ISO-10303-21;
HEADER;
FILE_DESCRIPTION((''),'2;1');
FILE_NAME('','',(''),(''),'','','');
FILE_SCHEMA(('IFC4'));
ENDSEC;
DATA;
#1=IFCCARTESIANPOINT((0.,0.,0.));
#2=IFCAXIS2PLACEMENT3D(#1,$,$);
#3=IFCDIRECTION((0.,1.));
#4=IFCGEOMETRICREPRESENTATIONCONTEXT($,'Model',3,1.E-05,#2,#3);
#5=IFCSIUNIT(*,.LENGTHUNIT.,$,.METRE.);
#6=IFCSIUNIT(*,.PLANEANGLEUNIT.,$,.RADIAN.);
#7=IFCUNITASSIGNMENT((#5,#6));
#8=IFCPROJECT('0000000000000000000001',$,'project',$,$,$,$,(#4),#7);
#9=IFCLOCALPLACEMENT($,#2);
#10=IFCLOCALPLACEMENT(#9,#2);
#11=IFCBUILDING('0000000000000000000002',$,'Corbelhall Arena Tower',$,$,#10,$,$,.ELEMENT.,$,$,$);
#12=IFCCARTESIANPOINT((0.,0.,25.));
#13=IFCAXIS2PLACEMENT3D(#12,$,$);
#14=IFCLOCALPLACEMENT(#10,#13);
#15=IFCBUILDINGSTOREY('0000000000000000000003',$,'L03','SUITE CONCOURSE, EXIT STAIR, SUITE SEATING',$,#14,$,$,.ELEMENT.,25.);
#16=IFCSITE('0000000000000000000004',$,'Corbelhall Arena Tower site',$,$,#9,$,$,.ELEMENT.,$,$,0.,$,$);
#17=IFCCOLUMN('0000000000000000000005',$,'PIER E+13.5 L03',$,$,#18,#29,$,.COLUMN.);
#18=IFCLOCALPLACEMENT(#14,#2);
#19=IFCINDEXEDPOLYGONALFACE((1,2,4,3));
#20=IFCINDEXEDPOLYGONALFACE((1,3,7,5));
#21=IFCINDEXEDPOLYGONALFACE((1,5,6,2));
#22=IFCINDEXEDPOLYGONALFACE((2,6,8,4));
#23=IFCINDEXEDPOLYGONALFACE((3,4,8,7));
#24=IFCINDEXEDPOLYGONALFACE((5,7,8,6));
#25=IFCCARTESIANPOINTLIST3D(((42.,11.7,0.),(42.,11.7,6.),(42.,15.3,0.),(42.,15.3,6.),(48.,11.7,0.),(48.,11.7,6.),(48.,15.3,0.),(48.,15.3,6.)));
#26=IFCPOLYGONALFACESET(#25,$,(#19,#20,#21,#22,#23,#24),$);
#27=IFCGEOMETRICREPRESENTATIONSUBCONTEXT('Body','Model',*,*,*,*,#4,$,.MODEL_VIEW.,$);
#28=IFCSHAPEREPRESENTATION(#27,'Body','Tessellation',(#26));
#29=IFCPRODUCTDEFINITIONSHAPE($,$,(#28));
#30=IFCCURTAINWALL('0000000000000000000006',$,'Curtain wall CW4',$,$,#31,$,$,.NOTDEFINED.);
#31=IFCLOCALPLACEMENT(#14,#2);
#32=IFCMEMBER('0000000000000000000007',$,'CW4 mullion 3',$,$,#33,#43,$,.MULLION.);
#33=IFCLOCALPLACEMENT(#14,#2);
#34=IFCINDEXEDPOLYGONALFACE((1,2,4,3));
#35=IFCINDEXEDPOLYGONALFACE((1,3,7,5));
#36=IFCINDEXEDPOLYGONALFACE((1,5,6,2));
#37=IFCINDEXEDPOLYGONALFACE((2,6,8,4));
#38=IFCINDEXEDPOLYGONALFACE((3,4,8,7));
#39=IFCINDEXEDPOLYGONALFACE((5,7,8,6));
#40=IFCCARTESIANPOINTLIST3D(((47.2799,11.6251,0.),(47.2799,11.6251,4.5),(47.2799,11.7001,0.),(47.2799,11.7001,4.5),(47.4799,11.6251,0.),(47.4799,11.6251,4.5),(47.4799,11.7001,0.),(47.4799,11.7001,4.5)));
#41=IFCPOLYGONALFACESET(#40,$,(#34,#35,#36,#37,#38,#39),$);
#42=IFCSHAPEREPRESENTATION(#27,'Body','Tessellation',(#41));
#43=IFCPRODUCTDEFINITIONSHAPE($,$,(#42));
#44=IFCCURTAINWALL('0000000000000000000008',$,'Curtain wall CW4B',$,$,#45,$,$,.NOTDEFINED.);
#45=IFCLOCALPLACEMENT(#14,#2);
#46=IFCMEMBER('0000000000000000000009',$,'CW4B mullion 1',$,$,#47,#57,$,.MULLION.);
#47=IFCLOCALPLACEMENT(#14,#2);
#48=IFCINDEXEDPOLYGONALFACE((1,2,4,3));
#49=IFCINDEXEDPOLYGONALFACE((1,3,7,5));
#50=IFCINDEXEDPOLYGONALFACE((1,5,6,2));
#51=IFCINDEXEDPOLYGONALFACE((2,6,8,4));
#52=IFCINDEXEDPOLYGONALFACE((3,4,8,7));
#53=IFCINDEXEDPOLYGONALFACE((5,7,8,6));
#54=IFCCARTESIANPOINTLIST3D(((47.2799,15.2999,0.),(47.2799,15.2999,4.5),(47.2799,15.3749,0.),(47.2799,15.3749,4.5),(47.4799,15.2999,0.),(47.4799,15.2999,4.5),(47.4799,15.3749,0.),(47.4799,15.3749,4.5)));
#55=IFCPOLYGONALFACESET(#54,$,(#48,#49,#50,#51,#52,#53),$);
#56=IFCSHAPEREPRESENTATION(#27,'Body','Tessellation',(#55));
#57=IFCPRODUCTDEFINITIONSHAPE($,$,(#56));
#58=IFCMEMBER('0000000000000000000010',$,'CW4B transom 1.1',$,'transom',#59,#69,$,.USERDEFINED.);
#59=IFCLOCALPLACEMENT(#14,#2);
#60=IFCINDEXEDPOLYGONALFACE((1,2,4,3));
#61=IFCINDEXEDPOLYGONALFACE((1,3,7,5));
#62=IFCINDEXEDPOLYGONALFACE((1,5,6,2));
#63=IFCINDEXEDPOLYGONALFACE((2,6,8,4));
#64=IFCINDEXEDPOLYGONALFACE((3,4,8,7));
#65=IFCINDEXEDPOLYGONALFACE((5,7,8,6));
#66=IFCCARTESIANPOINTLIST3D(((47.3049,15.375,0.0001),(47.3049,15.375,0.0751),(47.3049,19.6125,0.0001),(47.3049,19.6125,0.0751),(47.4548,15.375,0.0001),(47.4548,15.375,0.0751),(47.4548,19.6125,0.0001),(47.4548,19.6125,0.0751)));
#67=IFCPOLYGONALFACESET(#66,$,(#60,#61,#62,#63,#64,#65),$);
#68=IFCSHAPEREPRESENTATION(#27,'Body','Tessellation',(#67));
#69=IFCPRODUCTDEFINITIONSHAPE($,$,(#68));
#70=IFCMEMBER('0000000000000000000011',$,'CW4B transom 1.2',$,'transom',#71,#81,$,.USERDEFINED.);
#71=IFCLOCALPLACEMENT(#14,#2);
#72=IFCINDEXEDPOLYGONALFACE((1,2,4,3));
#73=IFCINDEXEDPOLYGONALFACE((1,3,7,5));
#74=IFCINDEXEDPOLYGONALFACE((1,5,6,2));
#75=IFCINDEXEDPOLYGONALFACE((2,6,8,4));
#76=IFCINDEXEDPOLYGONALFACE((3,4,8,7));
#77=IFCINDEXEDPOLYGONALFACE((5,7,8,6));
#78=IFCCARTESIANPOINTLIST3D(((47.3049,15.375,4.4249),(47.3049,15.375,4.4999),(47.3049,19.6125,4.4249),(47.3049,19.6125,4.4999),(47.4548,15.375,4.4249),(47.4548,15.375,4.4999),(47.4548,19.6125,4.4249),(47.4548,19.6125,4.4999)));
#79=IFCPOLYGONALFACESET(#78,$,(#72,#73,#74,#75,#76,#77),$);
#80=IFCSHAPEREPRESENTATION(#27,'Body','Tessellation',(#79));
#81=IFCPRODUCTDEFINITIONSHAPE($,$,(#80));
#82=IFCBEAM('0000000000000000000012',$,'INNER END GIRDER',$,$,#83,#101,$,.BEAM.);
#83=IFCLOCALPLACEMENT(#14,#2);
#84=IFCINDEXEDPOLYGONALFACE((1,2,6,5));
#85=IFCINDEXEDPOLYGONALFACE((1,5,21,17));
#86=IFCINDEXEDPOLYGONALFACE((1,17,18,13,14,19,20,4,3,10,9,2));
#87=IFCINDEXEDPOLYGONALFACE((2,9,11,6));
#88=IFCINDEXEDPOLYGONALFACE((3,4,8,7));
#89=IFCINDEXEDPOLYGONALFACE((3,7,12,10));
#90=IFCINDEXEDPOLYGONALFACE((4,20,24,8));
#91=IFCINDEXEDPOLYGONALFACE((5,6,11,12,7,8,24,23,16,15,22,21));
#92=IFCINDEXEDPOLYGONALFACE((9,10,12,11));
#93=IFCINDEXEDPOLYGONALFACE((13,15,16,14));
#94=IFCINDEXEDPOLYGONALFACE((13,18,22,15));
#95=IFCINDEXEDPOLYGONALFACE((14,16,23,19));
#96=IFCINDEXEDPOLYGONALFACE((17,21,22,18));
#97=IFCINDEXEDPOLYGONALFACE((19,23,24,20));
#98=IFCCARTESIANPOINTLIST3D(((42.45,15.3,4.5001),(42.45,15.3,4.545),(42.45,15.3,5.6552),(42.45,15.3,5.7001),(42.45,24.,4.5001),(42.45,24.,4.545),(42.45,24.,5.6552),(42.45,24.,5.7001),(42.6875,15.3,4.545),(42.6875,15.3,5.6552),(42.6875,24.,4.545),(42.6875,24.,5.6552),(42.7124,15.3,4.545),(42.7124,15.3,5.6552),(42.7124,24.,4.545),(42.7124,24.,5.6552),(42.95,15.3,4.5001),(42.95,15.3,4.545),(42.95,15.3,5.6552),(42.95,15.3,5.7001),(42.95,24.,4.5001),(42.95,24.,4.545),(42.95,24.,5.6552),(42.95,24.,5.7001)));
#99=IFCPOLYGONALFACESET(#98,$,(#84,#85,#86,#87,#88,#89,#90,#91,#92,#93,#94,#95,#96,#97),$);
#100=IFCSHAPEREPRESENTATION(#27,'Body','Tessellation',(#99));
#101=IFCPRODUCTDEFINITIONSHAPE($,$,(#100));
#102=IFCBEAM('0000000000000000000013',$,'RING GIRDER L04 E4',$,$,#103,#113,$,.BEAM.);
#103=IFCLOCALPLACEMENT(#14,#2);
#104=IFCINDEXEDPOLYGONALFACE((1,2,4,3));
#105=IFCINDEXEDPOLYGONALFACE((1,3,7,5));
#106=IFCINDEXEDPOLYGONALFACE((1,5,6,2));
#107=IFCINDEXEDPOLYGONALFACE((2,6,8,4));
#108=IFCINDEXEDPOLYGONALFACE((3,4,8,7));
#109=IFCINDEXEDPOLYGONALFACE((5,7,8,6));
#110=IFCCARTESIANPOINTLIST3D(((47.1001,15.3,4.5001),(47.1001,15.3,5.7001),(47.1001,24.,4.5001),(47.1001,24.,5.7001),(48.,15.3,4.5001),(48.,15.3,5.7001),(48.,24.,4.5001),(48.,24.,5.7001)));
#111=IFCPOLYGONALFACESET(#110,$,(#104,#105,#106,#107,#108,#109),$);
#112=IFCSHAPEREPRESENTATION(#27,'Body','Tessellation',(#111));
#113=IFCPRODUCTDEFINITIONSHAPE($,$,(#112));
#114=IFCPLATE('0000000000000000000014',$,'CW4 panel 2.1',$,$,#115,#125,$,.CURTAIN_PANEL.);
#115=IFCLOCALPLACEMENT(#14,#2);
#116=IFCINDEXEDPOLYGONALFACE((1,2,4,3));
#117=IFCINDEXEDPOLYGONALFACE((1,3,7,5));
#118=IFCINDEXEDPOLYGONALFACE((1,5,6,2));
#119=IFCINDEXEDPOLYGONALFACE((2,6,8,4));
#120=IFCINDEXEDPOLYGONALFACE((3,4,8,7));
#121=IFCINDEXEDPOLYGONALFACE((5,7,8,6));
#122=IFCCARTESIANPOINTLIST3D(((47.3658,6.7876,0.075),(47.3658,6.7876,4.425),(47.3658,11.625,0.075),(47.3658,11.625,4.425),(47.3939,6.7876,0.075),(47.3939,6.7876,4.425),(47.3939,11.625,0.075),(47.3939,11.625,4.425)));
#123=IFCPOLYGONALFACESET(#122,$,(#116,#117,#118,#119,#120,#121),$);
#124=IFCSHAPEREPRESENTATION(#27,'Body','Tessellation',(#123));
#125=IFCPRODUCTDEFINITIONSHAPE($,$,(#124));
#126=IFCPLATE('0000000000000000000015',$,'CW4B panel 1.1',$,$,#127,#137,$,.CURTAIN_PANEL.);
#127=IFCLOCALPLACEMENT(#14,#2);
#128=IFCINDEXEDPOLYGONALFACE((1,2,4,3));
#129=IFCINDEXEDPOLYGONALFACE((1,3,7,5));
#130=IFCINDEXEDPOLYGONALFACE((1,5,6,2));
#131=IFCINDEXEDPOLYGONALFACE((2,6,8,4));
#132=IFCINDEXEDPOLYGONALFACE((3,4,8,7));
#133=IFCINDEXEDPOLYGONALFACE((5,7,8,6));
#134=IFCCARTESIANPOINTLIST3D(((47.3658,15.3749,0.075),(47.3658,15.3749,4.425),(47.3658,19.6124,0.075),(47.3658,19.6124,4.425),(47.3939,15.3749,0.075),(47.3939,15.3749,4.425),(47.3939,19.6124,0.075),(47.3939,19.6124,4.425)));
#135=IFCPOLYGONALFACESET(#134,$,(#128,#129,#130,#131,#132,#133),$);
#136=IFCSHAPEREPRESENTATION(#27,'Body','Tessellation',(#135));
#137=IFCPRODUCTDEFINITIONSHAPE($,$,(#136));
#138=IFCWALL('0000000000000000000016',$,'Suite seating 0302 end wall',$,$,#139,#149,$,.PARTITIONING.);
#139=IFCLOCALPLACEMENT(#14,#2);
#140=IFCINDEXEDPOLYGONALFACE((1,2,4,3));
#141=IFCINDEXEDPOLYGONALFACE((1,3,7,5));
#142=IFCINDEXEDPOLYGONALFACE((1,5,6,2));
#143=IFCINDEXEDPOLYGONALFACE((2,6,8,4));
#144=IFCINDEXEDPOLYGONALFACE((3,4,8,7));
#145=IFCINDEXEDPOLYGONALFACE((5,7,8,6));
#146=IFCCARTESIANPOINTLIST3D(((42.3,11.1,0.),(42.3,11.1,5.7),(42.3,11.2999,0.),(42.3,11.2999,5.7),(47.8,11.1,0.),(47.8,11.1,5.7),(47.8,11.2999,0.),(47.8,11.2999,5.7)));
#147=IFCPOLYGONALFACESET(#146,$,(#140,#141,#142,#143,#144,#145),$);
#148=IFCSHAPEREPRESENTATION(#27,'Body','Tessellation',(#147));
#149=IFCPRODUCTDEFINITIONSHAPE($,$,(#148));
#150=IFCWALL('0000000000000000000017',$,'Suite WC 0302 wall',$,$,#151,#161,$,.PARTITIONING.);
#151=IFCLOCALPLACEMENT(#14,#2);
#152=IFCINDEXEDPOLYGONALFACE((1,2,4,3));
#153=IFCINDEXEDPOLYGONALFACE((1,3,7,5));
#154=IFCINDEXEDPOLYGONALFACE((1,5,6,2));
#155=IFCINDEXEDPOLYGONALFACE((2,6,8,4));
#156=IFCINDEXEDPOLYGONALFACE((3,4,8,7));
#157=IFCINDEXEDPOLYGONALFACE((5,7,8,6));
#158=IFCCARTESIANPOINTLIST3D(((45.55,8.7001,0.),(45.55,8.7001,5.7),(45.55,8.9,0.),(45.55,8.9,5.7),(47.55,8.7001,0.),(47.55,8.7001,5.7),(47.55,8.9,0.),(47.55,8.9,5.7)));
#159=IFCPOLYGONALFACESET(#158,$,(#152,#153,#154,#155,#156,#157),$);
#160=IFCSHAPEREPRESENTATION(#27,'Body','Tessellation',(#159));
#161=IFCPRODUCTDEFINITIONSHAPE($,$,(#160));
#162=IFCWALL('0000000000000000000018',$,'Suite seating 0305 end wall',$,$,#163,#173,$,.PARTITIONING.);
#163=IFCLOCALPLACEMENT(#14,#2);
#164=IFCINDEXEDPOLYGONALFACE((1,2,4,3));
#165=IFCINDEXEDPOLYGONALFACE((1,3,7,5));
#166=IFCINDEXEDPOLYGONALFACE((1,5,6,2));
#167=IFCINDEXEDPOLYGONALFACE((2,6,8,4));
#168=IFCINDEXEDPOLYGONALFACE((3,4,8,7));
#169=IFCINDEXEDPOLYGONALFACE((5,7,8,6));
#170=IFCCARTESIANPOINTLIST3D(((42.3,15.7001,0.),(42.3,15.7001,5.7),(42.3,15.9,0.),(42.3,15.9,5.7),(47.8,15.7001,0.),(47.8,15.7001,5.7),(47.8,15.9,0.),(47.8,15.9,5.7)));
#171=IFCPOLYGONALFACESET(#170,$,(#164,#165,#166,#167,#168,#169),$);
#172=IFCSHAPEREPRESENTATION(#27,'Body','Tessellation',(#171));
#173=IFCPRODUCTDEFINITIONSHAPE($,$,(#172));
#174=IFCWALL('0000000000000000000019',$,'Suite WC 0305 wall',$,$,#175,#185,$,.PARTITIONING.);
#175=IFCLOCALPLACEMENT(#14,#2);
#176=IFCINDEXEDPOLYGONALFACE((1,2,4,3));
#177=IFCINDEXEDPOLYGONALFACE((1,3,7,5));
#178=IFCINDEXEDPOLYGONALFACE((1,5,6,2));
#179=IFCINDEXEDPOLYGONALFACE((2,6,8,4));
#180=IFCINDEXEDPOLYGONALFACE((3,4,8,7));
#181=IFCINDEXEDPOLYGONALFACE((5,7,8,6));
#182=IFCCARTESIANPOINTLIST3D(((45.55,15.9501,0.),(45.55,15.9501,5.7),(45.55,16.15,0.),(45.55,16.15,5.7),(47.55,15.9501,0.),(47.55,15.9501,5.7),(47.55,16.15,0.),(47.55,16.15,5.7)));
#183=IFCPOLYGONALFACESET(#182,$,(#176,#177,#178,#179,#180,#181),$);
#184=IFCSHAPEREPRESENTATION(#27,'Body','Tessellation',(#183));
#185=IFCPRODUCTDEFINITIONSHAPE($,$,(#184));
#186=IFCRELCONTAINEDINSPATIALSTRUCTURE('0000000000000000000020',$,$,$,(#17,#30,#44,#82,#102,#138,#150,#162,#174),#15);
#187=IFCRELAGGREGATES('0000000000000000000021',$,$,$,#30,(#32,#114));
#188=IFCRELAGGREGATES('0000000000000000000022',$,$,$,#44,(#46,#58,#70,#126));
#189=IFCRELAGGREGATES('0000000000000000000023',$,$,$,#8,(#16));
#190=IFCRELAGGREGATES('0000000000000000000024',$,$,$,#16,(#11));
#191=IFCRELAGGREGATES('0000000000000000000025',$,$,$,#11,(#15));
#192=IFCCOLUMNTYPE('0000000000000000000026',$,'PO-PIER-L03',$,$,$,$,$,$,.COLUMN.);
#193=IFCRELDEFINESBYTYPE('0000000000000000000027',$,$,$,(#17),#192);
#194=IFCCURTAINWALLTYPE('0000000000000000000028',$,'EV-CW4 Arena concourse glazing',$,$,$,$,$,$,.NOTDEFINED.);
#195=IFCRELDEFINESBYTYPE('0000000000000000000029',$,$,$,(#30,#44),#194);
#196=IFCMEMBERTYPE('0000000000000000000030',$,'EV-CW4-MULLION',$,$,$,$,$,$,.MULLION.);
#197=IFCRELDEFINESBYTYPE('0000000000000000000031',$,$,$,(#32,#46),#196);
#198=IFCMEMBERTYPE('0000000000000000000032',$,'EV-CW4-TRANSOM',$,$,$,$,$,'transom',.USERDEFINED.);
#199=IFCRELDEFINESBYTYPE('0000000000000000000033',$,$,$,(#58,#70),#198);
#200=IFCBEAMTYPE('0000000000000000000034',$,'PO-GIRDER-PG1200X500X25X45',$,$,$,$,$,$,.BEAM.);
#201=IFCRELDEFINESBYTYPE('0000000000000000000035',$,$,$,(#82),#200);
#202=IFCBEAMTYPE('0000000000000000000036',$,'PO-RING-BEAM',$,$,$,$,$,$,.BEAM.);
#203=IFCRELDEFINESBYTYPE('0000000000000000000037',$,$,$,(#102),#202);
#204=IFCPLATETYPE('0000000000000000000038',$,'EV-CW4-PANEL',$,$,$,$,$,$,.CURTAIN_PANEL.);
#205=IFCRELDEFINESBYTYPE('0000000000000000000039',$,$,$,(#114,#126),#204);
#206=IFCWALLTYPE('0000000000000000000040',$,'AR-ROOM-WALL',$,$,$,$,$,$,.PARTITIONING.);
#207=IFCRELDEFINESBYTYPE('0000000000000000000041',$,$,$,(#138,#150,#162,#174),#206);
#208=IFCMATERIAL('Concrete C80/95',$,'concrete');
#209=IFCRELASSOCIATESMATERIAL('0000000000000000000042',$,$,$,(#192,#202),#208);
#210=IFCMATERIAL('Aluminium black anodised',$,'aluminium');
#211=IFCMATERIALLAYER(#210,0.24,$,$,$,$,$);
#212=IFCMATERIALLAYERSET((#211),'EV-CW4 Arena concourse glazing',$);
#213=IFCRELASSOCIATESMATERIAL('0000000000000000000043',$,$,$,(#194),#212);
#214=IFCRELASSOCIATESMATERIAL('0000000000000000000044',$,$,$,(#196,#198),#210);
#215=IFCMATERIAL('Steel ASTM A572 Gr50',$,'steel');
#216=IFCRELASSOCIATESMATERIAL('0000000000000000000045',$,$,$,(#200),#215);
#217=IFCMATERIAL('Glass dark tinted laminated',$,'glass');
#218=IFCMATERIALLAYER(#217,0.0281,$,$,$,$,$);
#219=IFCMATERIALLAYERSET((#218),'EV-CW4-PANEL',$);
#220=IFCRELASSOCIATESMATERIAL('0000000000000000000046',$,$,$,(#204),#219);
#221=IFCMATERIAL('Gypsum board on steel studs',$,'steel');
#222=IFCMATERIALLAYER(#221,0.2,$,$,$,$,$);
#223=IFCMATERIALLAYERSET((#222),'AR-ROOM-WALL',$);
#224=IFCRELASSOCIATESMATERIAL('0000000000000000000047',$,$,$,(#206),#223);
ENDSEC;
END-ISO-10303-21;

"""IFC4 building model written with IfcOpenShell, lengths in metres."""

from ifc_helpers import new_model, si_unit, direction, frame, frame_2d, origin, origin_2d, place, context, subcontext, project, spatial, rectangle, i_section, extrude, material, layer, layer_set, material_profile, profile_set, type_object, element, aggregate, save


model = new_model("IFC4")

# Units and contexts
model_context = context("Model", 3, precision=1e-05, world=origin(), true_north=direction((0.0, 1.0)))
body_context = subcontext(model_context, "Body", "Model", "MODEL_VIEW")
ifc_project = project(units=[si_unit("LENGTHUNIT", "METRE"), si_unit("PLANEANGLEUNIT", "RADIAN")], contexts=[model_context])

# Site, building, storey
site_placement = place(None, origin())
site = spatial("IfcSite", under=ifc_project, at=site_placement, Name="Corbelhall Arena Tower site", CompositionType="ELEMENT", RefElevation=0.0)
building_placement = place(site_placement, origin())
building = spatial("IfcBuilding", under=site, at=building_placement, Name="Corbelhall Arena Tower", CompositionType="ELEMENT")
storey_placement = place(building_placement, frame((0.0, 0.0, 25.0)))
storey = spatial("IfcBuildingStorey", under=building, at=storey_placement, Name="L03", Description="SUITE CONCOURSE, EXIT STAIR, SUITE SEATING", CompositionType="ELEMENT", Elevation=25.0)

# Column
ifc_material_1 = material(Name="Concrete C80/95", Category="concrete")
ifc_material_profile_1 = material_profile(ifc_material_1, rectangle(XDim=3.6001, YDim=6.0, at=origin_2d()))
ifc_profile_set_1 = profile_set([ifc_material_profile_1], Name="Concrete C80/95")
column_type = type_object("IfcColumnType", Name="PO-PIER-L03", PredefinedType="COLUMN", material=ifc_profile_set_1)
column_placement = place(storey_placement, frame((45.0, 13.5, 0.0), z_axis=(0.0, 0.0, 1.0), x_axis=(0.0, 1.0, 0.0)))
element("IfcColumn", 1, at=column_placement, inside=storey, type_object=column_type, Name="PIER E+13.5 L03", PredefinedType="COLUMN", context=body_context, shape_type="SweptSolid", body=[
    extrude(rectangle(XDim=3.6001, YDim=6.0, at=origin_2d()), origin(), (0.0, 0.0, 1.0), 6.0),
])

# Curtain wall, member
ifc_material_2 = material(Name="Aluminium black anodised", Category="aluminium")
ifc_layer_1 = layer(ifc_material_2, 0.24)
ifc_layer_set_1 = layer_set([ifc_layer_1], Name="EV-CW4 Arena concourse glazing")
curtain_wall_type = type_object("IfcCurtainWallType", Name="EV-CW4 Arena concourse glazing", PredefinedType="NOTDEFINED", material=ifc_layer_set_1)
curtain_wall_1_placement = place(storey_placement, origin())
curtain_wall_1 = element("IfcCurtainWall", 2, at=curtain_wall_1_placement, inside=storey, type_object=curtain_wall_type, Name="Curtain wall CW4", PredefinedType="NOTDEFINED")
ifc_material_profile_2 = material_profile(ifc_material_2, rectangle(XDim=0.2, YDim=0.075, at=origin_2d()))
ifc_profile_set_2 = profile_set([ifc_material_profile_2], Name="Aluminium black anodised")
member_type_1 = type_object("IfcMemberType", Name="EV-CW4-MULLION", PredefinedType="MULLION", material=ifc_profile_set_2)
member_1_placement = place(storey_placement, frame((47.3799, 11.6626, 0.0), z_axis=(0.0, 0.0, 1.0), x_axis=(-1.0, 0.0, 0.0)))
member_1 = element("IfcMember", 3, at=member_1_placement, type_object=member_type_1, Name="CW4 mullion 3", PredefinedType="MULLION", context=body_context, shape_type="SweptSolid", body=[
    extrude(rectangle(XDim=0.2, YDim=0.075, at=origin_2d()), origin(), (0.0, 0.0, 1.0), 4.5),
])

# Curtain wall, members
curtain_wall_2_placement = place(storey_placement, origin())
curtain_wall_2 = element("IfcCurtainWall", 4, at=curtain_wall_2_placement, inside=storey, type_object=curtain_wall_type, Name="Curtain wall CW4B", PredefinedType="NOTDEFINED")
member_2_placement = place(storey_placement, frame((47.3799, 15.3374, 0.0), z_axis=(0.0, 0.0, 1.0), x_axis=(-1.0, 0.0, 0.0)))
member_2 = element("IfcMember", 5, at=member_2_placement, type_object=member_type_1, Name="CW4B mullion 1", PredefinedType="MULLION", context=body_context, shape_type="SweptSolid", body=[
    extrude(rectangle(XDim=0.2, YDim=0.075, at=origin_2d()), origin(), (0.0, 0.0, 1.0), 4.5),
])
ifc_material_profile_3 = material_profile(ifc_material_2, rectangle(XDim=0.1499, YDim=0.075, at=origin_2d()))
ifc_profile_set_3 = profile_set([ifc_material_profile_3], Name="Aluminium black anodised")
member_type_2 = type_object("IfcMemberType", Name="EV-CW4-TRANSOM", ElementType="transom", PredefinedType="USERDEFINED", material=ifc_profile_set_3)
member_3_placement = place(storey_placement, frame((47.3799, 15.375, 0.0376), z_axis=(0.0, 1.0, 0.0), x_axis=(-1.0, 0.0, 0.0)))
member_3 = element("IfcMember", 6, at=member_3_placement, type_object=member_type_2, Name="CW4B transom 1.1", ObjectType="transom", PredefinedType="USERDEFINED", context=body_context, shape_type="SweptSolid", body=[
    extrude(rectangle(XDim=0.1499, YDim=0.075, at=origin_2d()), origin(), (0.0, 0.0, 1.0), 4.2375),
])
member_4_placement = place(storey_placement, frame((47.3799, 15.375, 4.4624), z_axis=(0.0, 1.0, 0.0), x_axis=(-1.0, 0.0, 0.0)))
member_4 = element("IfcMember", 7, at=member_4_placement, type_object=member_type_2, Name="CW4B transom 1.2", ObjectType="transom", PredefinedType="USERDEFINED", context=body_context, shape_type="SweptSolid", body=[
    extrude(rectangle(XDim=0.1499, YDim=0.075, at=origin_2d()), origin(), (0.0, 0.0, 1.0), 4.2375),
])

# Beams
ifc_material_3 = material(Name="Steel ASTM A572 Gr50", Category="steel")
ifc_material_profile_4 = material_profile(ifc_material_3, i_section(OverallWidth=0.5, OverallDepth=1.2, WebThickness=0.0249, FlangeThickness=0.0449, at=origin_2d()))
ifc_profile_set_4 = profile_set([ifc_material_profile_4], Name="Steel ASTM A572 Gr50")
beam_type_1 = type_object("IfcBeamType", Name="PO-GIRDER-PG1200X500X25X45", PredefinedType="BEAM", material=ifc_profile_set_4)
beam_1_placement = place(storey_placement, frame((42.7, 15.3, 5.1001), z_axis=(0.0, 1.0, 0.0), x_axis=(-1.0, 0.0, 0.0)))
element("IfcBeam", 8, at=beam_1_placement, inside=storey, type_object=beam_type_1, Name="INNER END GIRDER", PredefinedType="BEAM", context=body_context, shape_type="SweptSolid", body=[
    extrude(i_section(OverallWidth=0.5, OverallDepth=1.2, WebThickness=0.0249, FlangeThickness=0.0449, at=origin_2d()), origin(), (0.0, 0.0, 1.0), 8.7),
])
ifc_material_profile_5 = material_profile(ifc_material_1, rectangle(XDim=0.8999, YDim=1.2, at=origin_2d()))
ifc_profile_set_5 = profile_set([ifc_material_profile_5], Name="Concrete C80/95")
beam_type_2 = type_object("IfcBeamType", Name="PO-RING-BEAM", PredefinedType="BEAM", material=ifc_profile_set_5)
beam_2_placement = place(storey_placement, frame((47.55, 15.3, 5.1001), z_axis=(0.0, 1.0, 0.0), x_axis=(-1.0, 0.0, 0.0)))
element("IfcBeam", 9, at=beam_2_placement, inside=storey, type_object=beam_type_2, Name="RING GIRDER L04 E4", PredefinedType="BEAM", context=body_context, shape_type="SweptSolid", body=[
    extrude(rectangle(XDim=0.8999, YDim=1.2, at=origin_2d()), origin(), (0.0, 0.0, 1.0), 8.7),
])

# Plates
ifc_material_4 = material(Name="Glass dark tinted laminated", Category="glass")
ifc_layer_2 = layer(ifc_material_4, 0.0281)
ifc_layer_set_2 = layer_set([ifc_layer_2], Name="EV-CW4-PANEL")
plate_type = type_object("IfcPlateType", Name="EV-CW4-PANEL", PredefinedType="CURTAIN_PANEL", material=ifc_layer_set_2)
plate_1_placement = place(storey_placement, frame((47.3799, 9.2063, 0.075), z_axis=(0.0, 0.0, 1.0), x_axis=(0.0, 1.0, 0.0)))
plate_1 = element("IfcPlate", 10, at=plate_1_placement, type_object=plate_type, Name="CW4 panel 2.1", PredefinedType="CURTAIN_PANEL", context=body_context, shape_type="SweptSolid", body=[
    extrude(rectangle(XDim=4.8374, YDim=0.0281, at=origin_2d()), origin(), (0.0, 0.0, 1.0), 4.3501),
])
aggregate(curtain_wall_1, [member_1, plate_1])
plate_2_placement = place(storey_placement, frame((47.3799, 17.4937, 0.075), z_axis=(0.0, 0.0, 1.0), x_axis=(0.0, 1.0, 0.0)))
plate_2 = element("IfcPlate", 11, at=plate_2_placement, type_object=plate_type, Name="CW4B panel 1.1", PredefinedType="CURTAIN_PANEL", context=body_context, shape_type="SweptSolid", body=[
    extrude(rectangle(XDim=4.2375, YDim=0.0281, at=origin_2d()), origin(), (0.0, 0.0, 1.0), 4.3501),
])
aggregate(curtain_wall_2, [member_2, member_3, member_4, plate_2])

# Walls
ifc_material_5 = material(Name="Gypsum board on steel studs", Category="steel")
ifc_layer_3 = layer(ifc_material_5, 0.2)
ifc_layer_set_3 = layer_set([ifc_layer_3], Name="AR-ROOM-WALL")
wall_type_1 = type_object("IfcWallType", Name="AR-ROOM-WALL", PredefinedType="PARTITIONING", material=ifc_layer_set_3)
wall_1_placement = place(storey_placement, frame((42.3, 11.2, 0.0), z_axis=(0.0, 0.0, 1.0), x_axis=(1.0, 0.0, 0.0)))
element("IfcWall", 12, at=wall_1_placement, inside=storey, type_object=wall_type_1, Name="Suite seating 0302 end wall", PredefinedType="PARTITIONING", context=body_context, shape_type="SweptSolid", body=[
    extrude(rectangle(XDim=5.5, YDim=0.2, at=frame_2d((2.75, 0.0))), origin(), (0.0, 0.0, 1.0), 5.7),
])
wall_2_placement = place(storey_placement, frame((47.55, 8.8, 0.0), z_axis=(0.0, 0.0, 1.0), x_axis=(-1.0, 0.0, 0.0)))
element("IfcWall", 13, at=wall_2_placement, inside=storey, type_object=wall_type_1, Name="Suite WC 0302 wall", PredefinedType="PARTITIONING", context=body_context, shape_type="SweptSolid", body=[
    extrude(rectangle(XDim=2.0, YDim=0.2, at=frame_2d((1.0, 0.0))), origin(), (0.0, 0.0, 1.0), 5.7),
])

# Walls
wall_3_placement = place(storey_placement, frame((42.3, 15.8, 0.0), z_axis=(0.0, 0.0, 1.0), x_axis=(1.0, 0.0, 0.0)))
element("IfcWall", 14, at=wall_3_placement, inside=storey, type_object=wall_type_1, Name="Suite seating 0305 end wall", PredefinedType="PARTITIONING", context=body_context, shape_type="SweptSolid", body=[
    extrude(rectangle(XDim=5.5, YDim=0.2, at=frame_2d((2.75, 0.0))), origin(), (0.0, 0.0, 1.0), 5.7),
])
wall_4_placement = place(storey_placement, frame((45.55, 16.05, 0.0), z_axis=(0.0, 0.0, 1.0), x_axis=(1.0, 0.0, 0.0)))
element("IfcWall", 15, at=wall_4_placement, inside=storey, type_object=wall_type_1, Name="Suite WC 0305 wall", PredefinedType="PARTITIONING", context=body_context, shape_type="SweptSolid", body=[
    extrude(rectangle(XDim=2.0, YDim=0.2, at=frame_2d((1.0, 0.0))), origin(), (0.0, 0.0, 1.0), 5.7),
])

save(model, "model.ifc")
